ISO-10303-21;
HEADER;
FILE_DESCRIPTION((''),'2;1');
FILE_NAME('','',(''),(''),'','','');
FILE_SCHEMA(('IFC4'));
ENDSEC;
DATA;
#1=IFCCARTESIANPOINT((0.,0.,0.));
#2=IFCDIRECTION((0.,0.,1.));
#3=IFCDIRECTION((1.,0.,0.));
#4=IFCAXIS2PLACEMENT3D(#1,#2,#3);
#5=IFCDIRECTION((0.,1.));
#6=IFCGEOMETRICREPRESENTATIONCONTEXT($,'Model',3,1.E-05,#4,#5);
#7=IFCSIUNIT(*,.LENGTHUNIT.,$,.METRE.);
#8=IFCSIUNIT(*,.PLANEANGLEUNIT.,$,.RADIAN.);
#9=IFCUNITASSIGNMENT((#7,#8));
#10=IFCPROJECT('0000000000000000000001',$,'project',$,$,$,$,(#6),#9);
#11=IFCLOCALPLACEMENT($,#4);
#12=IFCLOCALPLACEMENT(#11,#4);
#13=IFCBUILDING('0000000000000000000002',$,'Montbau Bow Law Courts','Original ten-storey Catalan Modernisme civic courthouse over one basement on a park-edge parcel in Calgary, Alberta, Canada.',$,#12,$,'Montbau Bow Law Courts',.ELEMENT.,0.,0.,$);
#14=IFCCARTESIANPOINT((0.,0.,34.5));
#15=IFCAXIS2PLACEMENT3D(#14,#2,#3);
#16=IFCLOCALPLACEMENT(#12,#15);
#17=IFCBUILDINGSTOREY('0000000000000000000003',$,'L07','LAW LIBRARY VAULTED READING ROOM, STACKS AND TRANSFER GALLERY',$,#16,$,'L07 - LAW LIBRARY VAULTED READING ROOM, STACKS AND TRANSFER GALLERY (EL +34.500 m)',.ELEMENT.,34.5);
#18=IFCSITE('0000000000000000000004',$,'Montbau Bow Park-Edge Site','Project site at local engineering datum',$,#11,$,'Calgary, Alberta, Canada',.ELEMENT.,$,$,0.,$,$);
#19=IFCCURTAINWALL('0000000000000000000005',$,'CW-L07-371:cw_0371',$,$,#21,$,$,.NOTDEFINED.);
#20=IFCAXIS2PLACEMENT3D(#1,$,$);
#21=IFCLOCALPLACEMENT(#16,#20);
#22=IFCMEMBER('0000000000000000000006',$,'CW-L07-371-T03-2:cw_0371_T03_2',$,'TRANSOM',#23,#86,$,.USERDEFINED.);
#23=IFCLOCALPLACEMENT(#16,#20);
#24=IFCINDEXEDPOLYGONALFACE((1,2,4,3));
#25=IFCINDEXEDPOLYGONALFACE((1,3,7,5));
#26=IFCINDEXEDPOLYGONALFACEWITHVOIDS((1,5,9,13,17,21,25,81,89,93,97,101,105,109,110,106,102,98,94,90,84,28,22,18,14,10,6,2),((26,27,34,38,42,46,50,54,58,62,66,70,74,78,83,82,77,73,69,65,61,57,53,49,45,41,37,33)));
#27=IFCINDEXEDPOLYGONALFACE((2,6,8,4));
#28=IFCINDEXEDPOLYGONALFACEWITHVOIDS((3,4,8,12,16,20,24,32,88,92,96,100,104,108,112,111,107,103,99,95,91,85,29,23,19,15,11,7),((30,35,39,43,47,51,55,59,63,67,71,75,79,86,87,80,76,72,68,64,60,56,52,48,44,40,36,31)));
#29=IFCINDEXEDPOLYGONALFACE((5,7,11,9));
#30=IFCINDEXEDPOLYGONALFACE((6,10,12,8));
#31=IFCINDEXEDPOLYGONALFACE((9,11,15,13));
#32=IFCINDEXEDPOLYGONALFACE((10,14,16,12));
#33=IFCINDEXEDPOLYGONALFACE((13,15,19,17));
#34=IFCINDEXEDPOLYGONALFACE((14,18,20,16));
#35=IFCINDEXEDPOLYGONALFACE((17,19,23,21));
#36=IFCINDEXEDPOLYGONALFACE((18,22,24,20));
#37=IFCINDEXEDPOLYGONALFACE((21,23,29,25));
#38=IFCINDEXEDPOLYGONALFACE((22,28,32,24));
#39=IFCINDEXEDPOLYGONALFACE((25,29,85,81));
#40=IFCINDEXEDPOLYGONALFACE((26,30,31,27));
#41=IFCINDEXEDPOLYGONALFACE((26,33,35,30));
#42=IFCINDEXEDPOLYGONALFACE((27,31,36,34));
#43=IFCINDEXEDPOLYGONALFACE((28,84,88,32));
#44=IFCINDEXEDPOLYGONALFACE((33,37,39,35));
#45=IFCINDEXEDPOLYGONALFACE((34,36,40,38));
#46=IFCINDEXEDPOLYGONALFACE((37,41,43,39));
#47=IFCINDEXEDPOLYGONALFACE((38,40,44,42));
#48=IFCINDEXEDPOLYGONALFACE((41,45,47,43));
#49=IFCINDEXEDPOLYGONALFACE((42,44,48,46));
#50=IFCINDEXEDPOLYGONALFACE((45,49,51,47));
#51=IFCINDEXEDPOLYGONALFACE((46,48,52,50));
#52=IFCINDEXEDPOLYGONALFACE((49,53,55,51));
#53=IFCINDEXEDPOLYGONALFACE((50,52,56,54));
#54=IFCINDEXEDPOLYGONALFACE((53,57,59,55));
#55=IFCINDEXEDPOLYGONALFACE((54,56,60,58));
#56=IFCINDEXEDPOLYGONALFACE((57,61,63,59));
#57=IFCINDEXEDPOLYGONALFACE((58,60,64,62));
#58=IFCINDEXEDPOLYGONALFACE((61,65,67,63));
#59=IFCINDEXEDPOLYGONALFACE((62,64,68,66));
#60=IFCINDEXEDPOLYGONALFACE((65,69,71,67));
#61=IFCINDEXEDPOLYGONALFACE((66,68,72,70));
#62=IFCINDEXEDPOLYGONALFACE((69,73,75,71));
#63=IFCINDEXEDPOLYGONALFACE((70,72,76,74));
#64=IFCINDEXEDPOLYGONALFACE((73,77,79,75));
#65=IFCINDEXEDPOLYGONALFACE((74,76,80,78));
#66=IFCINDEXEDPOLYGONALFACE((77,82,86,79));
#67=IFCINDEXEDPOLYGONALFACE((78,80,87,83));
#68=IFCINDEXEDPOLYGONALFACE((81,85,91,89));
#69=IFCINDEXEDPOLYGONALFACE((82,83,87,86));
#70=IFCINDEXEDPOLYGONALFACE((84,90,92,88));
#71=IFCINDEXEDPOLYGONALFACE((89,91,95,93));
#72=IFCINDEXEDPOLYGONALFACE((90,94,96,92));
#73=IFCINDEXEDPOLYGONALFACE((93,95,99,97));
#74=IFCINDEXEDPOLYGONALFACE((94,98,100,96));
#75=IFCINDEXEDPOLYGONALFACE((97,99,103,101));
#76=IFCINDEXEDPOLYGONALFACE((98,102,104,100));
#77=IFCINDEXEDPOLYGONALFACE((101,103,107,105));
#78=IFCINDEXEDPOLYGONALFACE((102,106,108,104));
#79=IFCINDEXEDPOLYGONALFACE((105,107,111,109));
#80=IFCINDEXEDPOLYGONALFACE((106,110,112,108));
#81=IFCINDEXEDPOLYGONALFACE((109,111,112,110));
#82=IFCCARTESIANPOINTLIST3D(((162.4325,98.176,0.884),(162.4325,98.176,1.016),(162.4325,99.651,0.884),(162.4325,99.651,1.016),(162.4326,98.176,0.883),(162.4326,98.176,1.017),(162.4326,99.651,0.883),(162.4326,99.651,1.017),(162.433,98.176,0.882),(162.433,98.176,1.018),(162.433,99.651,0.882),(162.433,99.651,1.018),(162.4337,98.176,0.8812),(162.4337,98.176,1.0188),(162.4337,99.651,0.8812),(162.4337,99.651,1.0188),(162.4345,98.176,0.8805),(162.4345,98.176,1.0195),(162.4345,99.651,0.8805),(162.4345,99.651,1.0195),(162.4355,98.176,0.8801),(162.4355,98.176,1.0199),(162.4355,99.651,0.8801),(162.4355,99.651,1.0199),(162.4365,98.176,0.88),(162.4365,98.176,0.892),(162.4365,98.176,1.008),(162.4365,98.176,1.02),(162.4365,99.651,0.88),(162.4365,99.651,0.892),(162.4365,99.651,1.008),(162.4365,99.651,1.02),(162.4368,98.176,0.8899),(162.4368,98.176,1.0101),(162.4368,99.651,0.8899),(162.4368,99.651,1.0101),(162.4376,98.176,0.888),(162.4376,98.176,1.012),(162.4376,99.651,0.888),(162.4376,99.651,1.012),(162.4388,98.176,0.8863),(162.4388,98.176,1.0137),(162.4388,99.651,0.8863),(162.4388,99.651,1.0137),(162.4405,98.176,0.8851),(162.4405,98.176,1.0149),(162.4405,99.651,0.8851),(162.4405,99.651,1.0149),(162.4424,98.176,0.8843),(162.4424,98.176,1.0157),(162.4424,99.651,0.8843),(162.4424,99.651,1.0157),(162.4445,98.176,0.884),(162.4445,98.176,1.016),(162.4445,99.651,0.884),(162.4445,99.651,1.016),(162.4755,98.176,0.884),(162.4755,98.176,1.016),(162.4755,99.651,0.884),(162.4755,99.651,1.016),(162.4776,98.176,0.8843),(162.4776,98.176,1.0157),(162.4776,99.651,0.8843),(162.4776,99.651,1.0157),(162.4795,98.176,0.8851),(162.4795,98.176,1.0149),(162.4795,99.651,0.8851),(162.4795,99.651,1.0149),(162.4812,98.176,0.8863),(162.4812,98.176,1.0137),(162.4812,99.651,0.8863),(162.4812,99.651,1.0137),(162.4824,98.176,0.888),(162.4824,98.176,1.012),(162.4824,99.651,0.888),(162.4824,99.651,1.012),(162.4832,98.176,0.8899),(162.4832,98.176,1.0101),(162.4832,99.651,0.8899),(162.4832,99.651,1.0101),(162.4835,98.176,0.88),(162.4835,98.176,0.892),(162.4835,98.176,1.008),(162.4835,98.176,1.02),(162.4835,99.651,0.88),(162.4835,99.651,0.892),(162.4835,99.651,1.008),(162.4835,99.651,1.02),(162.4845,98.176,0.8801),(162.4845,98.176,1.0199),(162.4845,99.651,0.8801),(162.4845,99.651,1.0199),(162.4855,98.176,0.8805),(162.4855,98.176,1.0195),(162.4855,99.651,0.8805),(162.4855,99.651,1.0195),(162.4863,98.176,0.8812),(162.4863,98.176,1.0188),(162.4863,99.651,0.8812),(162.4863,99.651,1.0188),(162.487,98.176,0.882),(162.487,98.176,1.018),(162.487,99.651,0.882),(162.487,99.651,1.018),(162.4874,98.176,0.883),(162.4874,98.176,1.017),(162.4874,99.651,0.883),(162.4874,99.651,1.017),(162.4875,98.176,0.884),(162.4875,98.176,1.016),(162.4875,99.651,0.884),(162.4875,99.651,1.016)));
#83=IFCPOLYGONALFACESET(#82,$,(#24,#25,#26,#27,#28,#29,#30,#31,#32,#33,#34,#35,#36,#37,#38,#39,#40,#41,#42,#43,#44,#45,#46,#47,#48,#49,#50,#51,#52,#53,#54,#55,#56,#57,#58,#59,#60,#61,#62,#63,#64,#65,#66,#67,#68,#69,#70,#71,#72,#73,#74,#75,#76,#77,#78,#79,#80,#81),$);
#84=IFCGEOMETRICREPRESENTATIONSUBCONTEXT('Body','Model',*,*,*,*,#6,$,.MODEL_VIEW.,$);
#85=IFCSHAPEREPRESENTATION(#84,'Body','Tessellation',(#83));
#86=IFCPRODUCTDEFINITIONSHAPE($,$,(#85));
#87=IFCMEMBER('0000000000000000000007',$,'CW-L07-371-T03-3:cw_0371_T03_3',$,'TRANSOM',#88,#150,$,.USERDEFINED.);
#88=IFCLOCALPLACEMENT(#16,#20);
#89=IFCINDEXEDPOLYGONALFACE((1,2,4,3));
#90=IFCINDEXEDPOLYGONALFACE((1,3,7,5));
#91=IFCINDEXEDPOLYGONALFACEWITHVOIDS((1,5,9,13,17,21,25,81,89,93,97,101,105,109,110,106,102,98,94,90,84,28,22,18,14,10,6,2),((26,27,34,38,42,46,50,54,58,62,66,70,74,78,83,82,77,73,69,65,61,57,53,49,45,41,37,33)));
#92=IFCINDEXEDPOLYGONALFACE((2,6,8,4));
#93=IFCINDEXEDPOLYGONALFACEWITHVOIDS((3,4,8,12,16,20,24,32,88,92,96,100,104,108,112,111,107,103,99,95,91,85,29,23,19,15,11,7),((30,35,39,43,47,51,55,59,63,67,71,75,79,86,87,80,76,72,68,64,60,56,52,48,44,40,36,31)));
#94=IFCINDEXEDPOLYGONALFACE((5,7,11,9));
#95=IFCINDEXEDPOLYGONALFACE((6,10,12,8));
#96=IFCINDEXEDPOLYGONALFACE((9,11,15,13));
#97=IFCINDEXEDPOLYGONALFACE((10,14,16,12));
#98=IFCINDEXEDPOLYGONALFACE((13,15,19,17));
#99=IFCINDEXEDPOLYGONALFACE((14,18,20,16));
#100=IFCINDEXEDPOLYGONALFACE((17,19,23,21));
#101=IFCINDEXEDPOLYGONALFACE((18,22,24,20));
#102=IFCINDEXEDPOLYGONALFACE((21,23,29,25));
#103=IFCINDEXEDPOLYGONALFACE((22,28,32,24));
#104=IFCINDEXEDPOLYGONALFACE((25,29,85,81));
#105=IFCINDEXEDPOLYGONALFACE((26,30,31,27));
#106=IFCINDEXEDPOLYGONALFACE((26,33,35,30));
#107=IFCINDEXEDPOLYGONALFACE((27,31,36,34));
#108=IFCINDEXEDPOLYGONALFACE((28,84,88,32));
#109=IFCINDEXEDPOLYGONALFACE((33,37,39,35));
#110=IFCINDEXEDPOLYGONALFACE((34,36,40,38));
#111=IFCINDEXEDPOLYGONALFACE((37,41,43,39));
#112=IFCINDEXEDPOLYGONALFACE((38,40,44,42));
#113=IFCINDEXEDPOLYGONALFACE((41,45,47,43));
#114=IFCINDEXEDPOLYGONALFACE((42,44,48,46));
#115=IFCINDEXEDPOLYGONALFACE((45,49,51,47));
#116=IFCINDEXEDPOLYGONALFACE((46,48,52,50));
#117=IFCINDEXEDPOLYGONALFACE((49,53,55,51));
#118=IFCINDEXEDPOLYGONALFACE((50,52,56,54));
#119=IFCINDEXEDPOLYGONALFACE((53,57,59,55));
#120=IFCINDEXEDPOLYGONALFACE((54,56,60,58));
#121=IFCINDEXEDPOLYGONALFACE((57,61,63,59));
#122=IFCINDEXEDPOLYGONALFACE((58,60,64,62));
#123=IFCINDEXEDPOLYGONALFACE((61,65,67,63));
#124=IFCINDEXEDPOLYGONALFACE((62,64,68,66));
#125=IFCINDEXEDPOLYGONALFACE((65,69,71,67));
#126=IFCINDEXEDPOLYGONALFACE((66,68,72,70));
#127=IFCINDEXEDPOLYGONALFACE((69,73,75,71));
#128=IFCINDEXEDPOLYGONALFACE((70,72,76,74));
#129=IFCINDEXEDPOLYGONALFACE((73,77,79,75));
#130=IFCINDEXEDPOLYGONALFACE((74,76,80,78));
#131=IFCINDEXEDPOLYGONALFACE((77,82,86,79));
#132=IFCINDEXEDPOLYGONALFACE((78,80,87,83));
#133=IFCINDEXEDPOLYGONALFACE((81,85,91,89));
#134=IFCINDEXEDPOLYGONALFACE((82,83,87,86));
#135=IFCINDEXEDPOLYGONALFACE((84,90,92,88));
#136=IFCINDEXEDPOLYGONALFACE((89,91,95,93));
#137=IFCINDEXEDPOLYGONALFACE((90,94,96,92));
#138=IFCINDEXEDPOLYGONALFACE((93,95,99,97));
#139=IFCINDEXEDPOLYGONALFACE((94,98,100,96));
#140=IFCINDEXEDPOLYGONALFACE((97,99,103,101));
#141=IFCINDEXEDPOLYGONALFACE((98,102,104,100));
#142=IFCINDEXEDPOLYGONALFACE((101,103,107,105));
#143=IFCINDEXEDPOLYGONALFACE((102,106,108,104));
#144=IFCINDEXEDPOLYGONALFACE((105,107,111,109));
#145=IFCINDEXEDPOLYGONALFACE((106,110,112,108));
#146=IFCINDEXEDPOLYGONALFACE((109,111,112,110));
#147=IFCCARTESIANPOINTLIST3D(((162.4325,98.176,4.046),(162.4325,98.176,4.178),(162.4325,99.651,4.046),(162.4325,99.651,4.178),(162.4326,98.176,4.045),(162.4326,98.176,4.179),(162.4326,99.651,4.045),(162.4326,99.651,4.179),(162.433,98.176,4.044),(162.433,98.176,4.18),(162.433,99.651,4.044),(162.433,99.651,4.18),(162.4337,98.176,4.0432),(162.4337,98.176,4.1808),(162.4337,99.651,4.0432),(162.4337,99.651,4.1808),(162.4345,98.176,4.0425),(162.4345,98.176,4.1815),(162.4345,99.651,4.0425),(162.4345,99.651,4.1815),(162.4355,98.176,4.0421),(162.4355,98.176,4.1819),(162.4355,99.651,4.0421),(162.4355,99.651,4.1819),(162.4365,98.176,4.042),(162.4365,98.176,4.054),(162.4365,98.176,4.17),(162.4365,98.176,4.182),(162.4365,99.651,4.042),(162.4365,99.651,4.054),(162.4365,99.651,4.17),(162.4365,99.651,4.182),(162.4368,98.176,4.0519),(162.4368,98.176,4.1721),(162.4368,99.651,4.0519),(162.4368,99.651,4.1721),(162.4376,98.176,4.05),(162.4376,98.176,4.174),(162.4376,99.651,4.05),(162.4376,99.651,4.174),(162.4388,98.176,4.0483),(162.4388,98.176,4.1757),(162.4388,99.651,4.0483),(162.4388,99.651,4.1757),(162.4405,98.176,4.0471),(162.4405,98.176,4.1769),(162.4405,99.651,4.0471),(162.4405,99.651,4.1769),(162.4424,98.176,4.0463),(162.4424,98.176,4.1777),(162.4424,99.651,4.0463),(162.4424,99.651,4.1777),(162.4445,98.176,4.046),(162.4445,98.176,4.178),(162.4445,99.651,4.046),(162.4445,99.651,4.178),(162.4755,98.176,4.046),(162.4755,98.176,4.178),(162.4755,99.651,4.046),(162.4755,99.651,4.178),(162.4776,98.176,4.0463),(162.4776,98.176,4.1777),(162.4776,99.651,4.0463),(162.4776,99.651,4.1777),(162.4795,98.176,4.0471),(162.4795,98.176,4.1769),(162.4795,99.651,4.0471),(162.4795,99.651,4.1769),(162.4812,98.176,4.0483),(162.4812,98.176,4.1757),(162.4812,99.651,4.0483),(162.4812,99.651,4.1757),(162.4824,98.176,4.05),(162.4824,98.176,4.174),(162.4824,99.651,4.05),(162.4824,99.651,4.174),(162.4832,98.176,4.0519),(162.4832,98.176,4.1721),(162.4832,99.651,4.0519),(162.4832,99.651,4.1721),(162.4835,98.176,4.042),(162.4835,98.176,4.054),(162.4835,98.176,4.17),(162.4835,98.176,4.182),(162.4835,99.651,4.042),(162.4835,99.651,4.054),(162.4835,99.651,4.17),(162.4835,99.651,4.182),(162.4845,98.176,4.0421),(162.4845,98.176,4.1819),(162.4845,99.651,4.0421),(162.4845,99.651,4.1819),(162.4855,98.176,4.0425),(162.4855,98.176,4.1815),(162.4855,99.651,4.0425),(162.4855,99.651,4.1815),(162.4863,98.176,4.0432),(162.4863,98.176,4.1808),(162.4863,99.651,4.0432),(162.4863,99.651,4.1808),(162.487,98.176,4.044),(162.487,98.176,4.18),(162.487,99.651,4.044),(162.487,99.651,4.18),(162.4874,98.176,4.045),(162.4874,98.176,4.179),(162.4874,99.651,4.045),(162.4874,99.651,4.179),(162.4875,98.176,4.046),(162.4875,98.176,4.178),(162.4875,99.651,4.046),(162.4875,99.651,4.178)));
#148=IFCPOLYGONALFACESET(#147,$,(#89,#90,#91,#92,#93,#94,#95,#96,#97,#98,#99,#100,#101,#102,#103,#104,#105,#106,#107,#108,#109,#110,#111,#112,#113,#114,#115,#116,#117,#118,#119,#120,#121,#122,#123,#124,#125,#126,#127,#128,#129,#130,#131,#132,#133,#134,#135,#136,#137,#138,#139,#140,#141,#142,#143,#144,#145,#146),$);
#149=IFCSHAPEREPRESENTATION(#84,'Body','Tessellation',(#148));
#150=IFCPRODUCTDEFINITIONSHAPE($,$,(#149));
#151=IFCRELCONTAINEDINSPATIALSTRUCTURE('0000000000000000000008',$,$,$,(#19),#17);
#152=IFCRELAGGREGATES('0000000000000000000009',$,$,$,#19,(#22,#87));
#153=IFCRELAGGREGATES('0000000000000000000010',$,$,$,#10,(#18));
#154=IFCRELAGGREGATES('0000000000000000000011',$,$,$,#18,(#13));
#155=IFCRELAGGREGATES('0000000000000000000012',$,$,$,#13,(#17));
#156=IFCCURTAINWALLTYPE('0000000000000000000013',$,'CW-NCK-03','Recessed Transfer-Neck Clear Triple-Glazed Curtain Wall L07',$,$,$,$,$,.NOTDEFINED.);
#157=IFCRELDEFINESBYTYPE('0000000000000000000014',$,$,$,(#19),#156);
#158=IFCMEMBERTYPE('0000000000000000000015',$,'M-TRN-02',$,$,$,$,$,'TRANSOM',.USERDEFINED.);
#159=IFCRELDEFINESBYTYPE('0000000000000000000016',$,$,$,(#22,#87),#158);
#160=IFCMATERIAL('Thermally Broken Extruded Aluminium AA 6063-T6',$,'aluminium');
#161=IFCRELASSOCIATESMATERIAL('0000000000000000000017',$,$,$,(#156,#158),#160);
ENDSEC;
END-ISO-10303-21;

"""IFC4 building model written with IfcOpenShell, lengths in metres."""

from ifc_helpers import new_model, si_unit, direction, frame, origin_with_axes, origin_2d_with_axis, place, context, subcontext, project, spatial, hollow_rectangle, extrude, material, material_profile, profile_set, type_object, element, aggregate, save


model = new_model("IFC4")

# Units and contexts
model_context = context("Model", 3, precision=1e-05, world=origin_with_axes(), true_north=direction((0.0, 1.0)))
body_context = subcontext(model_context, "Body", "Model", "MODEL_VIEW")
ifc_project = project(units=[si_unit("LENGTHUNIT", "METRE"), si_unit("PLANEANGLEUNIT", "RADIAN")], contexts=[model_context])

# Site, building, storey
site_placement = place(None, origin_with_axes())
site = spatial("IfcSite", under=ifc_project, at=site_placement, Name="Montbau Bow Park-Edge Site", Description="Project site at local engineering datum", LongName="Calgary, Alberta, Canada", CompositionType="ELEMENT", RefElevation=0.0)
building_placement = place(site_placement, origin_with_axes())
building = spatial("IfcBuilding", under=site, at=building_placement, Name="Montbau Bow Law Courts", Description="Original ten-storey Catalan Modernisme civic courthouse over one basement on a park-edge parcel in Calgary, Alberta, Canada.", LongName="Montbau Bow Law Courts", CompositionType="ELEMENT", ElevationOfRefHeight=0.0, ElevationOfTerrain=0.0)
storey_placement = place(building_placement, frame((0.0, 0.0, 34.5), z_axis=(0.0, 0.0, 1.0), x_axis=(1.0, 0.0, 0.0)))
storey = spatial("IfcBuildingStorey", under=building, at=storey_placement, Name="L07", Description="LAW LIBRARY VAULTED READING ROOM, STACKS AND TRANSFER GALLERY", LongName="L07 - LAW LIBRARY VAULTED READING ROOM, STACKS AND TRANSFER GALLERY (EL +34.500 m)", CompositionType="ELEMENT", Elevation=34.5)

# Curtain wall, members
ifc_material_1 = material(Name="Thermally Broken Extruded Aluminium AA 6063-T6", Category="aluminium")
curtain_wall_type = type_object("IfcCurtainWallType", Name="CW-NCK-03", Description="Recessed Transfer-Neck Clear Triple-Glazed Curtain Wall L07", PredefinedType="NOTDEFINED", material=ifc_material_1)
curtain_wall_placement = place(None, frame((162.46, 95.067, 34.5), z_axis=(0.0, 0.0, 1.0), x_axis=(1.0, 0.0, 0.0)))
curtain_wall = element("IfcCurtainWall", 1, at=curtain_wall_placement, inside=storey, type_object=curtain_wall_type, Name="CW-L07-371:cw_0371", PredefinedType="NOTDEFINED")
ifc_material_profile_1 = material_profile(ifc_material_1, hollow_rectangle(XDim=0.055, YDim=0.14, WallThickness=0.004, InnerFilletRadius=0.008, OuterFilletRadius=0.004, at=origin_2d_with_axis()), Name="CWT-140X55", Category="Main", Priority=0)
ifc_profile_set_1 = profile_set([ifc_material_profile_1], Name="Thermally Broken Extruded Aluminium AA 6063-T6")
member_type_1 = type_object("IfcMemberType", Name="M-TRN-02", ElementType="TRANSOM", PredefinedType="USERDEFINED", material=ifc_profile_set_1)
member_1_placement = place(None, frame((162.46, 98.176, 35.45), z_axis=(0.0, 1.0, 0.0), x_axis=(-1.0, 0.0, 0.0)))
member_1 = element("IfcMember", 2, at=member_1_placement, type_object=member_type_1, Name="CW-L07-371-T03-2:cw_0371_T03_2", ObjectType="TRANSOM", PredefinedType="USERDEFINED", context=body_context, shape_type="SweptSolid", body=[
    extrude(hollow_rectangle(XDim=0.055, YDim=0.14, WallThickness=0.004, InnerFilletRadius=0.008, OuterFilletRadius=0.004, at=origin_2d_with_axis()), origin_with_axes(), (0.0, 0.0, 1.0), 1.475),
])
member_2_placement = place(None, frame((162.46, 98.176, 38.612), z_axis=(0.0, 1.0, 0.0), x_axis=(-1.0, 0.0, 0.0)))
member_2 = element("IfcMember", 3, at=member_2_placement, type_object=member_type_1, Name="CW-L07-371-T03-3:cw_0371_T03_3", ObjectType="TRANSOM", PredefinedType="USERDEFINED", context=body_context, shape_type="SweptSolid", body=[
    extrude(hollow_rectangle(XDim=0.055, YDim=0.14, WallThickness=0.004, InnerFilletRadius=0.008, OuterFilletRadius=0.004, at=origin_2d_with_axis()), origin_with_axes(), (0.0, 0.0, 1.0), 1.475),
])
aggregate(curtain_wall, [member_1, member_2])

save(model, "model.ifc")
